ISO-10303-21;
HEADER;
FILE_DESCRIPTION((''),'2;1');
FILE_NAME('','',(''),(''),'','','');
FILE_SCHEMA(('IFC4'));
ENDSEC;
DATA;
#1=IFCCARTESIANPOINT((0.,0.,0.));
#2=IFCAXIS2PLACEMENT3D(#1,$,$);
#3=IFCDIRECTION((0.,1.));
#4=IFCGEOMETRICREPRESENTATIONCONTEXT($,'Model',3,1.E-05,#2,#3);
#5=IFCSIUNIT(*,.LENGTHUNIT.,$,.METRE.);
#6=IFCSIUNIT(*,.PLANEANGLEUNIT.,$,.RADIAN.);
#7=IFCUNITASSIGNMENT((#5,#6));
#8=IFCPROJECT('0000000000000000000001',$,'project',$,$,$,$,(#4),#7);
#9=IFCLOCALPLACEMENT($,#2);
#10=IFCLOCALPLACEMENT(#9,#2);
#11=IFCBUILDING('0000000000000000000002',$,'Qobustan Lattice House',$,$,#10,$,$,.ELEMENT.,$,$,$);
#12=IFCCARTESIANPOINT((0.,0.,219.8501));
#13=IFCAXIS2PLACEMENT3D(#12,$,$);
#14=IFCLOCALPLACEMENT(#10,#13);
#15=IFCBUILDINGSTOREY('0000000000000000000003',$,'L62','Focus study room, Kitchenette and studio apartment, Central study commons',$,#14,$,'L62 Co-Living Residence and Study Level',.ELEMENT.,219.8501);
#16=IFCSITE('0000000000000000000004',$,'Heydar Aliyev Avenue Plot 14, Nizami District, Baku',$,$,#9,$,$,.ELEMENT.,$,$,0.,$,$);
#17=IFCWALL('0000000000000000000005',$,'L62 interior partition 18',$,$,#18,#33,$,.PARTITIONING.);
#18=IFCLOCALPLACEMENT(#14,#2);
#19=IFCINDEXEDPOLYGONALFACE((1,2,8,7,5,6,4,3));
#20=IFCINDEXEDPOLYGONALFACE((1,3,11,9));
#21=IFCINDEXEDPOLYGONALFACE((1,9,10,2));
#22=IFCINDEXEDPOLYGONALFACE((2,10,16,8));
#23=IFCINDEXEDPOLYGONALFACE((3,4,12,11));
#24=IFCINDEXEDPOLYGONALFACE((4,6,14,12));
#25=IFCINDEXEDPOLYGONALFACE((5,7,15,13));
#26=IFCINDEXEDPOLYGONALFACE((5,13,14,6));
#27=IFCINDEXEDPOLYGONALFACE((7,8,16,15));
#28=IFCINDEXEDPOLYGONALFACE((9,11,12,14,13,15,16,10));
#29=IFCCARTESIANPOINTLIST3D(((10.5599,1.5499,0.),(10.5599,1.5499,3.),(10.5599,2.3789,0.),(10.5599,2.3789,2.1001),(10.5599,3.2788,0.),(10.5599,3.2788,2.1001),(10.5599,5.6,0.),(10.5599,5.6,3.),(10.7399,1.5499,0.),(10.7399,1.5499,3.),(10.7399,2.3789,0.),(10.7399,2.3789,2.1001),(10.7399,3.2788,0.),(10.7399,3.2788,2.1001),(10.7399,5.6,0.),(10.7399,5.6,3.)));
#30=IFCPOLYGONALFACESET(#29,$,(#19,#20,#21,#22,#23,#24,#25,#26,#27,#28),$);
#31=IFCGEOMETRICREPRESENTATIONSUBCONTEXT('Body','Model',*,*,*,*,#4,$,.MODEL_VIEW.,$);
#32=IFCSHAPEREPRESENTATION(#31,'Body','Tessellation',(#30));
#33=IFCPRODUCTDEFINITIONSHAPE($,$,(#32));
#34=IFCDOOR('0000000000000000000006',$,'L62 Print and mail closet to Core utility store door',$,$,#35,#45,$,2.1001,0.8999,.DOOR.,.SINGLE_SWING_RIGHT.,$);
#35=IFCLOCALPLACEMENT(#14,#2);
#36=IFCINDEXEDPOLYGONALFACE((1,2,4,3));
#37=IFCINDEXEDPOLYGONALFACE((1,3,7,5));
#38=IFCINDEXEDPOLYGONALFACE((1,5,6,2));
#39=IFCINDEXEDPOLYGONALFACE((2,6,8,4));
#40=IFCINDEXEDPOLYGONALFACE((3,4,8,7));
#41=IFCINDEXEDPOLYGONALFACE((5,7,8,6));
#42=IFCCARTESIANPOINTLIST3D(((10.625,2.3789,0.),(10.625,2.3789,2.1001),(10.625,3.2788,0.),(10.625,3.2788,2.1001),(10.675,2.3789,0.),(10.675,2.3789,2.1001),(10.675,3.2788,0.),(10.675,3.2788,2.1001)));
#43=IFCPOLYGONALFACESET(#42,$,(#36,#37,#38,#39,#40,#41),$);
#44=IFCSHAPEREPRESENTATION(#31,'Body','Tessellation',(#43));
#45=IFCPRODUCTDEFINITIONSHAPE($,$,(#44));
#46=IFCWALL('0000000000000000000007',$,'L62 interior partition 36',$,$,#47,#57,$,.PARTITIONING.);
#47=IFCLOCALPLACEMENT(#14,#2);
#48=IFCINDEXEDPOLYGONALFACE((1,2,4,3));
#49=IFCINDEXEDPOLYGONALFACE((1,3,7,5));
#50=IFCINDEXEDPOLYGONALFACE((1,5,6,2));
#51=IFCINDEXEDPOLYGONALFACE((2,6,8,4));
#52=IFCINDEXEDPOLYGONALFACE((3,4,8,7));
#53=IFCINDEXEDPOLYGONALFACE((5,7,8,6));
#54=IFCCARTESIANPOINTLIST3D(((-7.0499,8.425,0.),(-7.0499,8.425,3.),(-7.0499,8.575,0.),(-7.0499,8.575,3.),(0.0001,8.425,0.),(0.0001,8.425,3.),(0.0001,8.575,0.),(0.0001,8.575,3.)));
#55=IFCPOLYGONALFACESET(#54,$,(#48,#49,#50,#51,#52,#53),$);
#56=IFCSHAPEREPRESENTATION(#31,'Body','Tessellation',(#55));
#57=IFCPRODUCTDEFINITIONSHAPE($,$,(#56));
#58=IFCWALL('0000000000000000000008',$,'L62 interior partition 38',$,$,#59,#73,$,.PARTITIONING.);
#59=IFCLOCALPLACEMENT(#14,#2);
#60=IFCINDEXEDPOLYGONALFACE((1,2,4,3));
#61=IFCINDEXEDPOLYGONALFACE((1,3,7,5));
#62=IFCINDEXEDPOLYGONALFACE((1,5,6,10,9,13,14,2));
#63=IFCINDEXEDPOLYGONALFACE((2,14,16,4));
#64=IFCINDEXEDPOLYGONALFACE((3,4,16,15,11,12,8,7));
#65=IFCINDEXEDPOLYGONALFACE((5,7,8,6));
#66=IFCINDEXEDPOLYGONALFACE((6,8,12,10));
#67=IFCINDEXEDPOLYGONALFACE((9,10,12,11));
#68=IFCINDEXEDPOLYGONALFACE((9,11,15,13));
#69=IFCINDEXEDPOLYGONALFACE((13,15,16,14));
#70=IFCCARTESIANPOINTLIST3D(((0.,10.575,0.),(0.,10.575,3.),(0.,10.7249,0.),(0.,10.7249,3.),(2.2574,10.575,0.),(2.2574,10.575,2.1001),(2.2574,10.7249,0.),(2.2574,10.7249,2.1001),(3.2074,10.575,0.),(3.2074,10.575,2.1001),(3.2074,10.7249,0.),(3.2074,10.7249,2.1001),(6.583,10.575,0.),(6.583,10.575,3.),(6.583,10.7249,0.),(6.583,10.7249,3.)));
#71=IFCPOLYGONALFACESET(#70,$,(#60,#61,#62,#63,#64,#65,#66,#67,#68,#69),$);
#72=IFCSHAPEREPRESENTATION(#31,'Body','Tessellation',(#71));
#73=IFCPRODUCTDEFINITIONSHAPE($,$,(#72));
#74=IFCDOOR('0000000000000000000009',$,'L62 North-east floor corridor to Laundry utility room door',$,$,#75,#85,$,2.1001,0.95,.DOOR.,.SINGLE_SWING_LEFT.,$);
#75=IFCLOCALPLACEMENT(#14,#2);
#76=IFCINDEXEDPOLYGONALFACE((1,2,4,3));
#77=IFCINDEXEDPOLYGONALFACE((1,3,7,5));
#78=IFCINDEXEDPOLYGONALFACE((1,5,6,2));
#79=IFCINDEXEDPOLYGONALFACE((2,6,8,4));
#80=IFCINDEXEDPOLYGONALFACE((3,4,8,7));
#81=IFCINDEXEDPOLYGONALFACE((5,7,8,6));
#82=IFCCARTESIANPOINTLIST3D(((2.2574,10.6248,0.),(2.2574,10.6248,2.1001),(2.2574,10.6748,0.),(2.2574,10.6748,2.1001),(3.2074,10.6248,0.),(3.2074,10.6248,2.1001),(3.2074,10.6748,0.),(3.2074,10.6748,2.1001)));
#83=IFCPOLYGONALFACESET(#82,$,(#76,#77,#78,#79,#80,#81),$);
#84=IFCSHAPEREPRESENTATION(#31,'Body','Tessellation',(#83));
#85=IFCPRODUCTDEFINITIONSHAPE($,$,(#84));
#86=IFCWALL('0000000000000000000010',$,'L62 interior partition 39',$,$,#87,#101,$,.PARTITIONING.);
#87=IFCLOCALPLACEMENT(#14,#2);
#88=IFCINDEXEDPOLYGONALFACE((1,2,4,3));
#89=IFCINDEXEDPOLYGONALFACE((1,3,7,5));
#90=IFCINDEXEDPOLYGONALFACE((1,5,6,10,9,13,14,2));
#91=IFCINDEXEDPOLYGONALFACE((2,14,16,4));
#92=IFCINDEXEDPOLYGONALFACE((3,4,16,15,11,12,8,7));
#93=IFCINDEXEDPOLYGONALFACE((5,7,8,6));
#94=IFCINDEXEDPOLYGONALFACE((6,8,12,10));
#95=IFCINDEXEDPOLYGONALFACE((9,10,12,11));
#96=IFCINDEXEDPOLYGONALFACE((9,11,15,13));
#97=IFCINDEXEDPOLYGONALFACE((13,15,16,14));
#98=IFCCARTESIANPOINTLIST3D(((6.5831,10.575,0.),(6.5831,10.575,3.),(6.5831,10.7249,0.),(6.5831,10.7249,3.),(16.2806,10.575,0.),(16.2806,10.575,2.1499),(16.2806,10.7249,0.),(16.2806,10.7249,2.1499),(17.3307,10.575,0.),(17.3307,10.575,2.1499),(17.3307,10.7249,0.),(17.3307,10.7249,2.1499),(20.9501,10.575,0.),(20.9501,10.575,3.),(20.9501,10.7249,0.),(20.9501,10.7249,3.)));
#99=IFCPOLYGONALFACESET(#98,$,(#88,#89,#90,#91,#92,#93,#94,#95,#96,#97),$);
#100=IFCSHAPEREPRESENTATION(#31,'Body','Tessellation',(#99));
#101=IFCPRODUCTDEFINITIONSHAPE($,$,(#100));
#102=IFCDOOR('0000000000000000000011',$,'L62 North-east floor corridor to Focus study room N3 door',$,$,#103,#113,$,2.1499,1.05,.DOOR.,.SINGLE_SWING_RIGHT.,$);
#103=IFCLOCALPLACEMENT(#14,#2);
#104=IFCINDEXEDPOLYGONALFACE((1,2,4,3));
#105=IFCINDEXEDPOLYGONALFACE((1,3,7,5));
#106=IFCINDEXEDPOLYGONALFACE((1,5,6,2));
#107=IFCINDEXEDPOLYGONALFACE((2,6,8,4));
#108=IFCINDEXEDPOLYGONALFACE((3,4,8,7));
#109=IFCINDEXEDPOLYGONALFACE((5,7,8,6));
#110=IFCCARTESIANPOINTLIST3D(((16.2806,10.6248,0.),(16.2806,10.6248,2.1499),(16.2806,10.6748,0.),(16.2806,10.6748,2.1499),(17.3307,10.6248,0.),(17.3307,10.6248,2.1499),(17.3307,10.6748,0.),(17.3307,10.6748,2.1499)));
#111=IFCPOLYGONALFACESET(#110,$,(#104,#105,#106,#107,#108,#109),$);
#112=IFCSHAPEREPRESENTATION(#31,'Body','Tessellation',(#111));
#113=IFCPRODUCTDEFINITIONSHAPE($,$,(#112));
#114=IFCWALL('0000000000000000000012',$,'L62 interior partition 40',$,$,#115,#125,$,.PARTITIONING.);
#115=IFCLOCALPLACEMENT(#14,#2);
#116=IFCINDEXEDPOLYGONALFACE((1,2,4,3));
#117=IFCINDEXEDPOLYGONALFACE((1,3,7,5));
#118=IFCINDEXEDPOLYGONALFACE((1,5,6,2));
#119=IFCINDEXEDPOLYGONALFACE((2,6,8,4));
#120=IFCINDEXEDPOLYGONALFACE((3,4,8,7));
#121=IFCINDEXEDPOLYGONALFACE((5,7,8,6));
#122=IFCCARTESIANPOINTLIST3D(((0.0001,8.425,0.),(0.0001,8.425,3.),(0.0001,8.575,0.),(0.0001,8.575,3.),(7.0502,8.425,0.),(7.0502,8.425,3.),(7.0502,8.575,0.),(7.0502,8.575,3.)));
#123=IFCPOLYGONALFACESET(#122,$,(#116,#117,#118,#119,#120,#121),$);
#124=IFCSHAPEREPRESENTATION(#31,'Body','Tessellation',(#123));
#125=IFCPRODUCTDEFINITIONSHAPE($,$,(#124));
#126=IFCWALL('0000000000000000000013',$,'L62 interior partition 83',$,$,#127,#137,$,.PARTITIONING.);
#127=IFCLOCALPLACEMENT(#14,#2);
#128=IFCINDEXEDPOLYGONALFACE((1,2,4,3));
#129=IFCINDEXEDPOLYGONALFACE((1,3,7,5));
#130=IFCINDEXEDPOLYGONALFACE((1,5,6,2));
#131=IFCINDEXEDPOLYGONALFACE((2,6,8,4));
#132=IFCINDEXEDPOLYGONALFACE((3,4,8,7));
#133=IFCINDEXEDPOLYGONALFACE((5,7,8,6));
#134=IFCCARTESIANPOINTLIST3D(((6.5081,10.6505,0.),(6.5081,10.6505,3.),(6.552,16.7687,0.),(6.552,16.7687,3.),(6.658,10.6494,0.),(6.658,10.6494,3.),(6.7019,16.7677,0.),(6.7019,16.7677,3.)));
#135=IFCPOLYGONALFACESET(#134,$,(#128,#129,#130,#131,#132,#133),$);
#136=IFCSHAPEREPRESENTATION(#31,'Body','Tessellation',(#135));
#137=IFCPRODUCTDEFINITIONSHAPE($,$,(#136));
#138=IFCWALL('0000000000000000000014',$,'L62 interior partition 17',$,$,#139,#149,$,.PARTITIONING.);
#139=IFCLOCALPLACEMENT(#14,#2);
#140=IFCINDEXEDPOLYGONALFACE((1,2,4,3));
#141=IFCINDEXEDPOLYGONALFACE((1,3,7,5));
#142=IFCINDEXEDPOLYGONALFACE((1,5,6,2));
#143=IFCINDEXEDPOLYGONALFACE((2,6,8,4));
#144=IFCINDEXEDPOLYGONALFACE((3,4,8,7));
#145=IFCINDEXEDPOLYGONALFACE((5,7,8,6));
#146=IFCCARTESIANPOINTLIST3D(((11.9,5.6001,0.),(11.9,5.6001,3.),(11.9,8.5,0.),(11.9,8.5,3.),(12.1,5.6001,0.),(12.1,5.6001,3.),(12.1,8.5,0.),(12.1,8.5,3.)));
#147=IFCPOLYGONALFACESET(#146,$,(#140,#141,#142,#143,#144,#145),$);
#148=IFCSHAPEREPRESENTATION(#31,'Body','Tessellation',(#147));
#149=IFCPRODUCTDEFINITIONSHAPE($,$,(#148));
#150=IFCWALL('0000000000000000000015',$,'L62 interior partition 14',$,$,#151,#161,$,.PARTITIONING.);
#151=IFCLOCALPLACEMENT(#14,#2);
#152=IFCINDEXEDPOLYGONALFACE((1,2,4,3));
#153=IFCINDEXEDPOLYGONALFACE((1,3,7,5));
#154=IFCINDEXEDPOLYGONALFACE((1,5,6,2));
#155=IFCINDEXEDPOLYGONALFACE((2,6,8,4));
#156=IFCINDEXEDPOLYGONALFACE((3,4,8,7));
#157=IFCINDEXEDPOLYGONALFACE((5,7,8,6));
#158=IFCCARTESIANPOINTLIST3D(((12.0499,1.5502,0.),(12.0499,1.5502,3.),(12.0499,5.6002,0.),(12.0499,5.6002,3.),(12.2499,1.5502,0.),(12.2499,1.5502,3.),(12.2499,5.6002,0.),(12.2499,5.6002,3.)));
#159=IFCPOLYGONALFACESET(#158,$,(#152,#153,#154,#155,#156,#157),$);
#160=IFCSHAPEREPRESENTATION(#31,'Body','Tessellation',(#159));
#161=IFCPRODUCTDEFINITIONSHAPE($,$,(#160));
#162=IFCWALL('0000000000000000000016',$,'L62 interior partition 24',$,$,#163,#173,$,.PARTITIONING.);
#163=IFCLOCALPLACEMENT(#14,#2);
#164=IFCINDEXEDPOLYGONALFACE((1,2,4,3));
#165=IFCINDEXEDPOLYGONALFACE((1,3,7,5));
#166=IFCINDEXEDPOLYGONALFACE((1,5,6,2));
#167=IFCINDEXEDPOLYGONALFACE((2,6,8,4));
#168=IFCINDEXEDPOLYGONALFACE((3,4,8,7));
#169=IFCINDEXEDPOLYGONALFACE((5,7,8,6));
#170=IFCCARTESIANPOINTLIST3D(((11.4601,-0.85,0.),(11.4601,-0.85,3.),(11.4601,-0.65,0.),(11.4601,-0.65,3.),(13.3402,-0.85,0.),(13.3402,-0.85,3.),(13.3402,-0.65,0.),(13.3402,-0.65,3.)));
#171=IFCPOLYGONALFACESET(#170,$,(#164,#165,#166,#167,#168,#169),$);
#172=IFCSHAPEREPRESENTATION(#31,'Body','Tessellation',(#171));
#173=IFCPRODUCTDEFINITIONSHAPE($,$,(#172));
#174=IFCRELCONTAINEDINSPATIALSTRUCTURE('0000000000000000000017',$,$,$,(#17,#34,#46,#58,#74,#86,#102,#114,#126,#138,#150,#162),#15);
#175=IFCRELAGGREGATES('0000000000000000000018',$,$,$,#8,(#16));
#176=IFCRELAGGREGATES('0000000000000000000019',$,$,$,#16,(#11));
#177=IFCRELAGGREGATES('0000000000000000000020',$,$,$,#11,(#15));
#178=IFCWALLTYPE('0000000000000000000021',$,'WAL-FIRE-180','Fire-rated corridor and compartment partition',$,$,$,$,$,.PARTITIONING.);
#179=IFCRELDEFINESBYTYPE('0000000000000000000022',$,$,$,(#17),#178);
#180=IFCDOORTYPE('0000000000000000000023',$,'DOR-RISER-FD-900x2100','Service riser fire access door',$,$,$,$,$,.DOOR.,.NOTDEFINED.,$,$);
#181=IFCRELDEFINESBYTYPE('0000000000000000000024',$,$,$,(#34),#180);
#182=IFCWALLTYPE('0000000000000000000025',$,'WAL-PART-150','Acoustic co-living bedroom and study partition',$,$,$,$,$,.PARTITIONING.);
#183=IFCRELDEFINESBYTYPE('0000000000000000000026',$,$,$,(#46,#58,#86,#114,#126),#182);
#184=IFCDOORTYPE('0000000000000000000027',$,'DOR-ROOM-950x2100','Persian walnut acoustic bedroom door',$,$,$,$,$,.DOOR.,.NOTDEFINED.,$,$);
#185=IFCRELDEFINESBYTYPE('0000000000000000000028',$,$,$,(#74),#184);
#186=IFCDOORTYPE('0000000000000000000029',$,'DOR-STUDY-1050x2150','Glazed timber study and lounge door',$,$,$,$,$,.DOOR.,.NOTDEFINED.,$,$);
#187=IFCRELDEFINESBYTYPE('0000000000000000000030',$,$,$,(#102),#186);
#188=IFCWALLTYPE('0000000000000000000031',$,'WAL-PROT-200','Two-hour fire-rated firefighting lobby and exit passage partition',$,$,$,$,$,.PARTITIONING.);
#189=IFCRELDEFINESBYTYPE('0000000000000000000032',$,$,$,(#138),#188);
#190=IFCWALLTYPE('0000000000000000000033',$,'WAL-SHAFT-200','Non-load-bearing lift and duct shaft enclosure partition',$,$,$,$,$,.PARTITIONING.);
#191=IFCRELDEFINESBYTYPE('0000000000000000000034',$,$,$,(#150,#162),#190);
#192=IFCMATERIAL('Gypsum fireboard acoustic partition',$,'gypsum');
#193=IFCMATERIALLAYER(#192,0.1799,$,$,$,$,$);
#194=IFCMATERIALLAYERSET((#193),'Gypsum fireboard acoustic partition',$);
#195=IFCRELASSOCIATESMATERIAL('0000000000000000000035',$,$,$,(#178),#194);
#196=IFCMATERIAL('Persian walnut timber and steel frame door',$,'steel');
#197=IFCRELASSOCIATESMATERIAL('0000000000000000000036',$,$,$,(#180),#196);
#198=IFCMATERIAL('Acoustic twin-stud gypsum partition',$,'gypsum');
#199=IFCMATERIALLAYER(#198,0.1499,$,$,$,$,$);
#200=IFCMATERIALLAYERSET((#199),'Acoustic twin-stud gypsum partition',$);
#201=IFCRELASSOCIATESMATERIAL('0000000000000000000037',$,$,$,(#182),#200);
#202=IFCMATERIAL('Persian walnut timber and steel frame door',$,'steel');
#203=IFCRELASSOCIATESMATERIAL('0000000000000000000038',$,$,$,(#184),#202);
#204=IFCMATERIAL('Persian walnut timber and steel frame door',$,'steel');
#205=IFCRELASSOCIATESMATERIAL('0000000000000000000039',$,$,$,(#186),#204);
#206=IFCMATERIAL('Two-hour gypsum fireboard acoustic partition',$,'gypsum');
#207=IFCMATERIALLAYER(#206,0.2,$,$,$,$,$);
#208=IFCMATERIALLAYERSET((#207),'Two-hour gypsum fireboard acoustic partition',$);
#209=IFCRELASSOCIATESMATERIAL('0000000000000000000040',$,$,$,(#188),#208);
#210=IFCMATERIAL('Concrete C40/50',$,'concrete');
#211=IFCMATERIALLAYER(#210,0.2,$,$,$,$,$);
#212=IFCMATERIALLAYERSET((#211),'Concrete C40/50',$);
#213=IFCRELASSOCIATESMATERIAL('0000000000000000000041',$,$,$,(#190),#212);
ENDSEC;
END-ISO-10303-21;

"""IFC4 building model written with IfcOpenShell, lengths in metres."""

from ifc_helpers import new_model, si_unit, direction, frame, frame_2d, origin, place, context, subcontext, project, spatial, rectangle, extrude, material, layer, layer_set, type_object, element, fill, save


model = new_model("IFC4")

# Units and contexts
model_context = context("Model", 3, precision=1e-05, world=origin(), true_north=direction((0.0, 1.0)))
body_context = subcontext(model_context, "Body", "Model", "MODEL_VIEW")
ifc_project = project(units=[si_unit("LENGTHUNIT", "METRE"), si_unit("PLANEANGLEUNIT", "RADIAN")], contexts=[model_context])

# Site, building, storey
site_placement = place(None, origin())
site = spatial("IfcSite", under=ifc_project, at=site_placement, Name="Heydar Aliyev Avenue Plot 14, Nizami District, Baku", CompositionType="ELEMENT", RefElevation=0.0)
building_placement = place(site_placement, origin())
building = spatial("IfcBuilding", under=site, at=building_placement, Name="Qobustan Lattice House", CompositionType="ELEMENT")
storey_placement = place(building_placement, frame((0.0, 0.0, 219.8501)))
storey = spatial("IfcBuildingStorey", under=building, at=storey_placement, Name="L62", Description="Focus study room, Kitchenette and studio apartment, Central study commons", LongName="L62 Co-Living Residence and Study Level", CompositionType="ELEMENT", Elevation=219.8501)

# Wall, opening, door
ifc_material_1 = material(Name="Gypsum fireboard acoustic partition", Category="gypsum")
ifc_layer_1 = layer(ifc_material_1, 0.1799)
ifc_layer_set_1 = layer_set([ifc_layer_1], Name="Gypsum fireboard acoustic partition")
wall_type_1 = type_object("IfcWallType", Name="WAL-FIRE-180", Description="Fire-rated corridor and compartment partition", PredefinedType="PARTITIONING", material=ifc_layer_set_1)
wall_1_placement = place(storey_placement, frame((10.6499, 1.55, 0.0), z_axis=(0.0, 0.0, 1.0), x_axis=(0.0, 1.0, 0.0)))
wall_1 = element("IfcWall", 1, at=wall_1_placement, inside=storey, type_object=wall_type_1, Name="L62 interior partition 18", PredefinedType="PARTITIONING", context=body_context, shape_type="SweptSolid", body=[
    extrude(rectangle(XDim=4.05, YDim=0.1799, at=frame_2d((2.0249, 0.0))), origin(), (0.0, 0.0, 1.0), 3.0),
])
opening_1_placement = place(wall_1_placement, frame((0.8289, 0.0, 0.0)))
opening_1 = element("IfcOpeningElement", 2, at=opening_1_placement, cuts=wall_1, PredefinedType="OPENING", context=body_context, shape_type="SweptSolid", body=[
    extrude(rectangle(XDim=0.8999, YDim=2.1001, at=frame_2d((0.45, 1.05))), frame((0.0, 0.0999, 0.0), z_axis=(0.0, -1.0, 0.0), x_axis=(1.0, 0.0, 0.0)), (0.0, 0.0, 1.0), 0.2),
])
ifc_material_2 = material(Name="Persian walnut timber and steel frame door", Category="steel")
door_type_1 = type_object("IfcDoorType", Name="DOR-RISER-FD-900x2100", Description="Service riser fire access door", OperationType="NOTDEFINED", PredefinedType="DOOR", material=ifc_material_2)
door_1_placement = place(opening_1_placement, origin())
door_1 = element("IfcDoor", 3, at=door_1_placement, inside=storey, type_object=door_type_1, Name="L62 Print and mail closet to Core utility store door", OperationType="SINGLE_SWING_RIGHT", OverallHeight=2.1001, OverallWidth=0.8999, PredefinedType="DOOR", context=body_context, shape_type="SweptSolid", body=[
    extrude(rectangle(XDim=0.8999, YDim=2.1001, at=frame_2d((0.45, 1.05))), frame((0.0, 0.0249, 0.0), z_axis=(0.0, -1.0, 0.0), x_axis=(1.0, 0.0, 0.0)), (0.0, 0.0, 1.0), 0.05),
])
fill(opening_1, door_1)

# Wall
ifc_material_3 = material(Name="Acoustic twin-stud gypsum partition", Category="gypsum")
ifc_layer_2 = layer(ifc_material_3, 0.1499)
ifc_layer_set_2 = layer_set([ifc_layer_2], Name="Acoustic twin-stud gypsum partition")
wall_type_2 = type_object("IfcWallType", Name="WAL-PART-150", Description="Acoustic co-living bedroom and study partition", PredefinedType="PARTITIONING", material=ifc_layer_set_2)
wall_2_placement = place(storey_placement, frame((0.0, 8.5, 0.0), z_axis=(0.0, 0.0, 1.0), x_axis=(-1.0, 0.0, 0.0)))
element("IfcWall", 4, at=wall_2_placement, inside=storey, type_object=wall_type_2, Name="L62 interior partition 36", PredefinedType="PARTITIONING", context=body_context, shape_type="SweptSolid", body=[
    extrude(rectangle(XDim=7.05, YDim=0.1499, at=frame_2d((3.5249, 0.0))), origin(), (0.0, 0.0, 1.0), 3.0),
])

# Walls, openings, doors
wall_3_placement = place(storey_placement, frame((0.0, 10.6499, 0.0), z_axis=(0.0, 0.0, 1.0), x_axis=(1.0, 0.0, 0.0)))
wall_3 = element("IfcWall", 5, at=wall_3_placement, inside=storey, type_object=wall_type_2, Name="L62 interior partition 38", PredefinedType="PARTITIONING", context=body_context, shape_type="SweptSolid", body=[
    extrude(rectangle(XDim=6.583, YDim=0.1499, at=frame_2d((3.2915, 0.0))), origin(), (0.0, 0.0, 1.0), 3.0),
])
opening_2_placement = place(wall_3_placement, frame((2.2573, 0.0, 0.0)))
opening_2 = element("IfcOpeningElement", 6, at=opening_2_placement, cuts=wall_3, PredefinedType="OPENING", context=body_context, shape_type="SweptSolid", body=[
    extrude(rectangle(XDim=0.95, YDim=2.1001, at=frame_2d((0.4751, 1.05))), frame((0.0, 0.085, 0.0), z_axis=(0.0, -1.0, 0.0), x_axis=(1.0, 0.0, 0.0)), (0.0, 0.0, 1.0), 0.1699),
])
ifc_material_4 = material(Name="Persian walnut timber and steel frame door", Category="steel")
door_type_2 = type_object("IfcDoorType", Name="DOR-ROOM-950x2100", Description="Persian walnut acoustic bedroom door", OperationType="NOTDEFINED", PredefinedType="DOOR", material=ifc_material_4)
door_2_placement = place(opening_2_placement, origin())
door_2 = element("IfcDoor", 7, at=door_2_placement, inside=storey, type_object=door_type_2, Name="L62 North-east floor corridor to Laundry utility room door", OperationType="SINGLE_SWING_LEFT", OverallHeight=2.1001, OverallWidth=0.95, PredefinedType="DOOR", context=body_context, shape_type="SweptSolid", body=[
    extrude(rectangle(XDim=0.95, YDim=2.1001, at=frame_2d((0.4751, 1.05))), frame((0.0, 0.0249, 0.0), z_axis=(0.0, -1.0, 0.0), x_axis=(1.0, 0.0, 0.0)), (0.0, 0.0, 1.0), 0.05),
])
fill(opening_2, door_2)
wall_4_placement = place(storey_placement, frame((6.583, 10.6499, 0.0), z_axis=(0.0, 0.0, 1.0), x_axis=(1.0, 0.0, 0.0)))
wall_4 = element("IfcWall", 8, at=wall_4_placement, inside=storey, type_object=wall_type_2, Name="L62 interior partition 39", PredefinedType="PARTITIONING", context=body_context, shape_type="SweptSolid", body=[
    extrude(rectangle(XDim=14.3669, YDim=0.1499, at=frame_2d((7.1836, 0.0))), origin(), (0.0, 0.0, 1.0), 3.0),
])
opening_3_placement = place(wall_4_placement, frame((9.6978, 0.0, 0.0)))
opening_3 = element("IfcOpeningElement", 9, at=opening_3_placement, cuts=wall_4, PredefinedType="OPENING", context=body_context, shape_type="SweptSolid", body=[
    extrude(rectangle(XDim=1.05, YDim=2.1499, at=frame_2d((0.5249, 1.075))), frame((0.0, 0.085, 0.0), z_axis=(0.0, -1.0, 0.0), x_axis=(1.0, 0.0, 0.0)), (0.0, 0.0, 1.0), 0.1699),
])
ifc_material_5 = material(Name="Persian walnut timber and steel frame door", Category="steel")
door_type_3 = type_object("IfcDoorType", Name="DOR-STUDY-1050x2150", Description="Glazed timber study and lounge door", OperationType="NOTDEFINED", PredefinedType="DOOR", material=ifc_material_5)
door_3_placement = place(opening_3_placement, origin())
door_3 = element("IfcDoor", 10, at=door_3_placement, inside=storey, type_object=door_type_3, Name="L62 North-east floor corridor to Focus study room N3 door", OperationType="SINGLE_SWING_RIGHT", OverallHeight=2.1499, OverallWidth=1.05, PredefinedType="DOOR", context=body_context, shape_type="SweptSolid", body=[
    extrude(rectangle(XDim=1.05, YDim=2.1499, at=frame_2d((0.5249, 1.075))), frame((0.0, 0.0249, 0.0), z_axis=(0.0, -1.0, 0.0), x_axis=(1.0, 0.0, 0.0)), (0.0, 0.0, 1.0), 0.05),
])
fill(opening_3, door_3)

# Walls
wall_5_placement = place(storey_placement, frame((7.05, 8.5, 0.0), z_axis=(0.0, 0.0, 1.0), x_axis=(-1.0, 0.0, 0.0)))
element("IfcWall", 11, at=wall_5_placement, inside=storey, type_object=wall_type_2, Name="L62 interior partition 40", PredefinedType="PARTITIONING", context=body_context, shape_type="SweptSolid", body=[
    extrude(rectangle(XDim=7.05, YDim=0.1499, at=frame_2d((3.5249, 0.0))), origin(), (0.0, 0.0, 1.0), 3.0),
])
wall_6_placement = place(storey_placement, frame((6.627, 16.7681, 0.0), z_axis=(0.0, 0.0, 1.0), x_axis=(-0.007183, -0.999974, 0.0)))
element("IfcWall", 12, at=wall_6_placement, inside=storey, type_object=wall_type_2, Name="L62 interior partition 83", PredefinedType="PARTITIONING", context=body_context, shape_type="SweptSolid", body=[
    extrude(rectangle(XDim=6.1184, YDim=0.1499, at=frame_2d((3.0591, 0.0))), origin(), (0.0, 0.0, 1.0), 3.0),
])
ifc_material_6 = material(Name="Two-hour gypsum fireboard acoustic partition", Category="gypsum")
ifc_layer_3 = layer(ifc_material_6, 0.2)
ifc_layer_set_3 = layer_set([ifc_layer_3], Name="Two-hour gypsum fireboard acoustic partition")
wall_type_3 = type_object("IfcWallType", Name="WAL-PROT-200", Description="Two-hour fire-rated firefighting lobby and exit passage partition", PredefinedType="PARTITIONING", material=ifc_layer_set_3)
wall_7_placement = place(storey_placement, frame((12.0, 8.5, 0.0), z_axis=(0.0, 0.0, 1.0), x_axis=(0.0, -1.0, 0.0)))
element("IfcWall", 13, at=wall_7_placement, inside=storey, type_object=wall_type_3, Name="L62 interior partition 17", PredefinedType="PARTITIONING", context=body_context, shape_type="SweptSolid", body=[
    extrude(rectangle(XDim=2.8999, YDim=0.2, at=frame_2d((1.45, 0.0))), origin(), (0.0, 0.0, 1.0), 3.0),
])
ifc_material_7 = material(Name="Concrete C40/50", Category="concrete")
ifc_layer_4 = layer(ifc_material_7, 0.2)
ifc_layer_set_4 = layer_set([ifc_layer_4], Name="Concrete C40/50")
wall_type_4 = type_object("IfcWallType", Name="WAL-SHAFT-200", Description="Non-load-bearing lift and duct shaft enclosure partition", PredefinedType="PARTITIONING", material=ifc_layer_set_4)
wall_8_placement = place(storey_placement, frame((12.1499, 5.6001, 0.0), z_axis=(0.0, 0.0, 1.0), x_axis=(0.0, -1.0, 0.0)))
element("IfcWall", 14, at=wall_8_placement, inside=storey, type_object=wall_type_4, Name="L62 interior partition 14", PredefinedType="PARTITIONING", context=body_context, shape_type="SweptSolid", body=[
    extrude(rectangle(XDim=4.05, YDim=0.2, at=frame_2d((2.0249, 0.0))), origin(), (0.0, 0.0, 1.0), 3.0),
])
wall_9_placement = place(storey_placement, frame((13.3401, -0.75, 0.0), z_axis=(0.0, 0.0, 1.0), x_axis=(-1.0, 0.0, 0.0)))
element("IfcWall", 15, at=wall_9_placement, inside=storey, type_object=wall_type_4, Name="L62 interior partition 24", PredefinedType="PARTITIONING", context=body_context, shape_type="SweptSolid", body=[
    extrude(rectangle(XDim=1.8801, YDim=0.2, at=frame_2d((0.9399, 0.0))), origin(), (0.0, 0.0, 1.0), 3.0),
])

save(model, "model.ifc")
